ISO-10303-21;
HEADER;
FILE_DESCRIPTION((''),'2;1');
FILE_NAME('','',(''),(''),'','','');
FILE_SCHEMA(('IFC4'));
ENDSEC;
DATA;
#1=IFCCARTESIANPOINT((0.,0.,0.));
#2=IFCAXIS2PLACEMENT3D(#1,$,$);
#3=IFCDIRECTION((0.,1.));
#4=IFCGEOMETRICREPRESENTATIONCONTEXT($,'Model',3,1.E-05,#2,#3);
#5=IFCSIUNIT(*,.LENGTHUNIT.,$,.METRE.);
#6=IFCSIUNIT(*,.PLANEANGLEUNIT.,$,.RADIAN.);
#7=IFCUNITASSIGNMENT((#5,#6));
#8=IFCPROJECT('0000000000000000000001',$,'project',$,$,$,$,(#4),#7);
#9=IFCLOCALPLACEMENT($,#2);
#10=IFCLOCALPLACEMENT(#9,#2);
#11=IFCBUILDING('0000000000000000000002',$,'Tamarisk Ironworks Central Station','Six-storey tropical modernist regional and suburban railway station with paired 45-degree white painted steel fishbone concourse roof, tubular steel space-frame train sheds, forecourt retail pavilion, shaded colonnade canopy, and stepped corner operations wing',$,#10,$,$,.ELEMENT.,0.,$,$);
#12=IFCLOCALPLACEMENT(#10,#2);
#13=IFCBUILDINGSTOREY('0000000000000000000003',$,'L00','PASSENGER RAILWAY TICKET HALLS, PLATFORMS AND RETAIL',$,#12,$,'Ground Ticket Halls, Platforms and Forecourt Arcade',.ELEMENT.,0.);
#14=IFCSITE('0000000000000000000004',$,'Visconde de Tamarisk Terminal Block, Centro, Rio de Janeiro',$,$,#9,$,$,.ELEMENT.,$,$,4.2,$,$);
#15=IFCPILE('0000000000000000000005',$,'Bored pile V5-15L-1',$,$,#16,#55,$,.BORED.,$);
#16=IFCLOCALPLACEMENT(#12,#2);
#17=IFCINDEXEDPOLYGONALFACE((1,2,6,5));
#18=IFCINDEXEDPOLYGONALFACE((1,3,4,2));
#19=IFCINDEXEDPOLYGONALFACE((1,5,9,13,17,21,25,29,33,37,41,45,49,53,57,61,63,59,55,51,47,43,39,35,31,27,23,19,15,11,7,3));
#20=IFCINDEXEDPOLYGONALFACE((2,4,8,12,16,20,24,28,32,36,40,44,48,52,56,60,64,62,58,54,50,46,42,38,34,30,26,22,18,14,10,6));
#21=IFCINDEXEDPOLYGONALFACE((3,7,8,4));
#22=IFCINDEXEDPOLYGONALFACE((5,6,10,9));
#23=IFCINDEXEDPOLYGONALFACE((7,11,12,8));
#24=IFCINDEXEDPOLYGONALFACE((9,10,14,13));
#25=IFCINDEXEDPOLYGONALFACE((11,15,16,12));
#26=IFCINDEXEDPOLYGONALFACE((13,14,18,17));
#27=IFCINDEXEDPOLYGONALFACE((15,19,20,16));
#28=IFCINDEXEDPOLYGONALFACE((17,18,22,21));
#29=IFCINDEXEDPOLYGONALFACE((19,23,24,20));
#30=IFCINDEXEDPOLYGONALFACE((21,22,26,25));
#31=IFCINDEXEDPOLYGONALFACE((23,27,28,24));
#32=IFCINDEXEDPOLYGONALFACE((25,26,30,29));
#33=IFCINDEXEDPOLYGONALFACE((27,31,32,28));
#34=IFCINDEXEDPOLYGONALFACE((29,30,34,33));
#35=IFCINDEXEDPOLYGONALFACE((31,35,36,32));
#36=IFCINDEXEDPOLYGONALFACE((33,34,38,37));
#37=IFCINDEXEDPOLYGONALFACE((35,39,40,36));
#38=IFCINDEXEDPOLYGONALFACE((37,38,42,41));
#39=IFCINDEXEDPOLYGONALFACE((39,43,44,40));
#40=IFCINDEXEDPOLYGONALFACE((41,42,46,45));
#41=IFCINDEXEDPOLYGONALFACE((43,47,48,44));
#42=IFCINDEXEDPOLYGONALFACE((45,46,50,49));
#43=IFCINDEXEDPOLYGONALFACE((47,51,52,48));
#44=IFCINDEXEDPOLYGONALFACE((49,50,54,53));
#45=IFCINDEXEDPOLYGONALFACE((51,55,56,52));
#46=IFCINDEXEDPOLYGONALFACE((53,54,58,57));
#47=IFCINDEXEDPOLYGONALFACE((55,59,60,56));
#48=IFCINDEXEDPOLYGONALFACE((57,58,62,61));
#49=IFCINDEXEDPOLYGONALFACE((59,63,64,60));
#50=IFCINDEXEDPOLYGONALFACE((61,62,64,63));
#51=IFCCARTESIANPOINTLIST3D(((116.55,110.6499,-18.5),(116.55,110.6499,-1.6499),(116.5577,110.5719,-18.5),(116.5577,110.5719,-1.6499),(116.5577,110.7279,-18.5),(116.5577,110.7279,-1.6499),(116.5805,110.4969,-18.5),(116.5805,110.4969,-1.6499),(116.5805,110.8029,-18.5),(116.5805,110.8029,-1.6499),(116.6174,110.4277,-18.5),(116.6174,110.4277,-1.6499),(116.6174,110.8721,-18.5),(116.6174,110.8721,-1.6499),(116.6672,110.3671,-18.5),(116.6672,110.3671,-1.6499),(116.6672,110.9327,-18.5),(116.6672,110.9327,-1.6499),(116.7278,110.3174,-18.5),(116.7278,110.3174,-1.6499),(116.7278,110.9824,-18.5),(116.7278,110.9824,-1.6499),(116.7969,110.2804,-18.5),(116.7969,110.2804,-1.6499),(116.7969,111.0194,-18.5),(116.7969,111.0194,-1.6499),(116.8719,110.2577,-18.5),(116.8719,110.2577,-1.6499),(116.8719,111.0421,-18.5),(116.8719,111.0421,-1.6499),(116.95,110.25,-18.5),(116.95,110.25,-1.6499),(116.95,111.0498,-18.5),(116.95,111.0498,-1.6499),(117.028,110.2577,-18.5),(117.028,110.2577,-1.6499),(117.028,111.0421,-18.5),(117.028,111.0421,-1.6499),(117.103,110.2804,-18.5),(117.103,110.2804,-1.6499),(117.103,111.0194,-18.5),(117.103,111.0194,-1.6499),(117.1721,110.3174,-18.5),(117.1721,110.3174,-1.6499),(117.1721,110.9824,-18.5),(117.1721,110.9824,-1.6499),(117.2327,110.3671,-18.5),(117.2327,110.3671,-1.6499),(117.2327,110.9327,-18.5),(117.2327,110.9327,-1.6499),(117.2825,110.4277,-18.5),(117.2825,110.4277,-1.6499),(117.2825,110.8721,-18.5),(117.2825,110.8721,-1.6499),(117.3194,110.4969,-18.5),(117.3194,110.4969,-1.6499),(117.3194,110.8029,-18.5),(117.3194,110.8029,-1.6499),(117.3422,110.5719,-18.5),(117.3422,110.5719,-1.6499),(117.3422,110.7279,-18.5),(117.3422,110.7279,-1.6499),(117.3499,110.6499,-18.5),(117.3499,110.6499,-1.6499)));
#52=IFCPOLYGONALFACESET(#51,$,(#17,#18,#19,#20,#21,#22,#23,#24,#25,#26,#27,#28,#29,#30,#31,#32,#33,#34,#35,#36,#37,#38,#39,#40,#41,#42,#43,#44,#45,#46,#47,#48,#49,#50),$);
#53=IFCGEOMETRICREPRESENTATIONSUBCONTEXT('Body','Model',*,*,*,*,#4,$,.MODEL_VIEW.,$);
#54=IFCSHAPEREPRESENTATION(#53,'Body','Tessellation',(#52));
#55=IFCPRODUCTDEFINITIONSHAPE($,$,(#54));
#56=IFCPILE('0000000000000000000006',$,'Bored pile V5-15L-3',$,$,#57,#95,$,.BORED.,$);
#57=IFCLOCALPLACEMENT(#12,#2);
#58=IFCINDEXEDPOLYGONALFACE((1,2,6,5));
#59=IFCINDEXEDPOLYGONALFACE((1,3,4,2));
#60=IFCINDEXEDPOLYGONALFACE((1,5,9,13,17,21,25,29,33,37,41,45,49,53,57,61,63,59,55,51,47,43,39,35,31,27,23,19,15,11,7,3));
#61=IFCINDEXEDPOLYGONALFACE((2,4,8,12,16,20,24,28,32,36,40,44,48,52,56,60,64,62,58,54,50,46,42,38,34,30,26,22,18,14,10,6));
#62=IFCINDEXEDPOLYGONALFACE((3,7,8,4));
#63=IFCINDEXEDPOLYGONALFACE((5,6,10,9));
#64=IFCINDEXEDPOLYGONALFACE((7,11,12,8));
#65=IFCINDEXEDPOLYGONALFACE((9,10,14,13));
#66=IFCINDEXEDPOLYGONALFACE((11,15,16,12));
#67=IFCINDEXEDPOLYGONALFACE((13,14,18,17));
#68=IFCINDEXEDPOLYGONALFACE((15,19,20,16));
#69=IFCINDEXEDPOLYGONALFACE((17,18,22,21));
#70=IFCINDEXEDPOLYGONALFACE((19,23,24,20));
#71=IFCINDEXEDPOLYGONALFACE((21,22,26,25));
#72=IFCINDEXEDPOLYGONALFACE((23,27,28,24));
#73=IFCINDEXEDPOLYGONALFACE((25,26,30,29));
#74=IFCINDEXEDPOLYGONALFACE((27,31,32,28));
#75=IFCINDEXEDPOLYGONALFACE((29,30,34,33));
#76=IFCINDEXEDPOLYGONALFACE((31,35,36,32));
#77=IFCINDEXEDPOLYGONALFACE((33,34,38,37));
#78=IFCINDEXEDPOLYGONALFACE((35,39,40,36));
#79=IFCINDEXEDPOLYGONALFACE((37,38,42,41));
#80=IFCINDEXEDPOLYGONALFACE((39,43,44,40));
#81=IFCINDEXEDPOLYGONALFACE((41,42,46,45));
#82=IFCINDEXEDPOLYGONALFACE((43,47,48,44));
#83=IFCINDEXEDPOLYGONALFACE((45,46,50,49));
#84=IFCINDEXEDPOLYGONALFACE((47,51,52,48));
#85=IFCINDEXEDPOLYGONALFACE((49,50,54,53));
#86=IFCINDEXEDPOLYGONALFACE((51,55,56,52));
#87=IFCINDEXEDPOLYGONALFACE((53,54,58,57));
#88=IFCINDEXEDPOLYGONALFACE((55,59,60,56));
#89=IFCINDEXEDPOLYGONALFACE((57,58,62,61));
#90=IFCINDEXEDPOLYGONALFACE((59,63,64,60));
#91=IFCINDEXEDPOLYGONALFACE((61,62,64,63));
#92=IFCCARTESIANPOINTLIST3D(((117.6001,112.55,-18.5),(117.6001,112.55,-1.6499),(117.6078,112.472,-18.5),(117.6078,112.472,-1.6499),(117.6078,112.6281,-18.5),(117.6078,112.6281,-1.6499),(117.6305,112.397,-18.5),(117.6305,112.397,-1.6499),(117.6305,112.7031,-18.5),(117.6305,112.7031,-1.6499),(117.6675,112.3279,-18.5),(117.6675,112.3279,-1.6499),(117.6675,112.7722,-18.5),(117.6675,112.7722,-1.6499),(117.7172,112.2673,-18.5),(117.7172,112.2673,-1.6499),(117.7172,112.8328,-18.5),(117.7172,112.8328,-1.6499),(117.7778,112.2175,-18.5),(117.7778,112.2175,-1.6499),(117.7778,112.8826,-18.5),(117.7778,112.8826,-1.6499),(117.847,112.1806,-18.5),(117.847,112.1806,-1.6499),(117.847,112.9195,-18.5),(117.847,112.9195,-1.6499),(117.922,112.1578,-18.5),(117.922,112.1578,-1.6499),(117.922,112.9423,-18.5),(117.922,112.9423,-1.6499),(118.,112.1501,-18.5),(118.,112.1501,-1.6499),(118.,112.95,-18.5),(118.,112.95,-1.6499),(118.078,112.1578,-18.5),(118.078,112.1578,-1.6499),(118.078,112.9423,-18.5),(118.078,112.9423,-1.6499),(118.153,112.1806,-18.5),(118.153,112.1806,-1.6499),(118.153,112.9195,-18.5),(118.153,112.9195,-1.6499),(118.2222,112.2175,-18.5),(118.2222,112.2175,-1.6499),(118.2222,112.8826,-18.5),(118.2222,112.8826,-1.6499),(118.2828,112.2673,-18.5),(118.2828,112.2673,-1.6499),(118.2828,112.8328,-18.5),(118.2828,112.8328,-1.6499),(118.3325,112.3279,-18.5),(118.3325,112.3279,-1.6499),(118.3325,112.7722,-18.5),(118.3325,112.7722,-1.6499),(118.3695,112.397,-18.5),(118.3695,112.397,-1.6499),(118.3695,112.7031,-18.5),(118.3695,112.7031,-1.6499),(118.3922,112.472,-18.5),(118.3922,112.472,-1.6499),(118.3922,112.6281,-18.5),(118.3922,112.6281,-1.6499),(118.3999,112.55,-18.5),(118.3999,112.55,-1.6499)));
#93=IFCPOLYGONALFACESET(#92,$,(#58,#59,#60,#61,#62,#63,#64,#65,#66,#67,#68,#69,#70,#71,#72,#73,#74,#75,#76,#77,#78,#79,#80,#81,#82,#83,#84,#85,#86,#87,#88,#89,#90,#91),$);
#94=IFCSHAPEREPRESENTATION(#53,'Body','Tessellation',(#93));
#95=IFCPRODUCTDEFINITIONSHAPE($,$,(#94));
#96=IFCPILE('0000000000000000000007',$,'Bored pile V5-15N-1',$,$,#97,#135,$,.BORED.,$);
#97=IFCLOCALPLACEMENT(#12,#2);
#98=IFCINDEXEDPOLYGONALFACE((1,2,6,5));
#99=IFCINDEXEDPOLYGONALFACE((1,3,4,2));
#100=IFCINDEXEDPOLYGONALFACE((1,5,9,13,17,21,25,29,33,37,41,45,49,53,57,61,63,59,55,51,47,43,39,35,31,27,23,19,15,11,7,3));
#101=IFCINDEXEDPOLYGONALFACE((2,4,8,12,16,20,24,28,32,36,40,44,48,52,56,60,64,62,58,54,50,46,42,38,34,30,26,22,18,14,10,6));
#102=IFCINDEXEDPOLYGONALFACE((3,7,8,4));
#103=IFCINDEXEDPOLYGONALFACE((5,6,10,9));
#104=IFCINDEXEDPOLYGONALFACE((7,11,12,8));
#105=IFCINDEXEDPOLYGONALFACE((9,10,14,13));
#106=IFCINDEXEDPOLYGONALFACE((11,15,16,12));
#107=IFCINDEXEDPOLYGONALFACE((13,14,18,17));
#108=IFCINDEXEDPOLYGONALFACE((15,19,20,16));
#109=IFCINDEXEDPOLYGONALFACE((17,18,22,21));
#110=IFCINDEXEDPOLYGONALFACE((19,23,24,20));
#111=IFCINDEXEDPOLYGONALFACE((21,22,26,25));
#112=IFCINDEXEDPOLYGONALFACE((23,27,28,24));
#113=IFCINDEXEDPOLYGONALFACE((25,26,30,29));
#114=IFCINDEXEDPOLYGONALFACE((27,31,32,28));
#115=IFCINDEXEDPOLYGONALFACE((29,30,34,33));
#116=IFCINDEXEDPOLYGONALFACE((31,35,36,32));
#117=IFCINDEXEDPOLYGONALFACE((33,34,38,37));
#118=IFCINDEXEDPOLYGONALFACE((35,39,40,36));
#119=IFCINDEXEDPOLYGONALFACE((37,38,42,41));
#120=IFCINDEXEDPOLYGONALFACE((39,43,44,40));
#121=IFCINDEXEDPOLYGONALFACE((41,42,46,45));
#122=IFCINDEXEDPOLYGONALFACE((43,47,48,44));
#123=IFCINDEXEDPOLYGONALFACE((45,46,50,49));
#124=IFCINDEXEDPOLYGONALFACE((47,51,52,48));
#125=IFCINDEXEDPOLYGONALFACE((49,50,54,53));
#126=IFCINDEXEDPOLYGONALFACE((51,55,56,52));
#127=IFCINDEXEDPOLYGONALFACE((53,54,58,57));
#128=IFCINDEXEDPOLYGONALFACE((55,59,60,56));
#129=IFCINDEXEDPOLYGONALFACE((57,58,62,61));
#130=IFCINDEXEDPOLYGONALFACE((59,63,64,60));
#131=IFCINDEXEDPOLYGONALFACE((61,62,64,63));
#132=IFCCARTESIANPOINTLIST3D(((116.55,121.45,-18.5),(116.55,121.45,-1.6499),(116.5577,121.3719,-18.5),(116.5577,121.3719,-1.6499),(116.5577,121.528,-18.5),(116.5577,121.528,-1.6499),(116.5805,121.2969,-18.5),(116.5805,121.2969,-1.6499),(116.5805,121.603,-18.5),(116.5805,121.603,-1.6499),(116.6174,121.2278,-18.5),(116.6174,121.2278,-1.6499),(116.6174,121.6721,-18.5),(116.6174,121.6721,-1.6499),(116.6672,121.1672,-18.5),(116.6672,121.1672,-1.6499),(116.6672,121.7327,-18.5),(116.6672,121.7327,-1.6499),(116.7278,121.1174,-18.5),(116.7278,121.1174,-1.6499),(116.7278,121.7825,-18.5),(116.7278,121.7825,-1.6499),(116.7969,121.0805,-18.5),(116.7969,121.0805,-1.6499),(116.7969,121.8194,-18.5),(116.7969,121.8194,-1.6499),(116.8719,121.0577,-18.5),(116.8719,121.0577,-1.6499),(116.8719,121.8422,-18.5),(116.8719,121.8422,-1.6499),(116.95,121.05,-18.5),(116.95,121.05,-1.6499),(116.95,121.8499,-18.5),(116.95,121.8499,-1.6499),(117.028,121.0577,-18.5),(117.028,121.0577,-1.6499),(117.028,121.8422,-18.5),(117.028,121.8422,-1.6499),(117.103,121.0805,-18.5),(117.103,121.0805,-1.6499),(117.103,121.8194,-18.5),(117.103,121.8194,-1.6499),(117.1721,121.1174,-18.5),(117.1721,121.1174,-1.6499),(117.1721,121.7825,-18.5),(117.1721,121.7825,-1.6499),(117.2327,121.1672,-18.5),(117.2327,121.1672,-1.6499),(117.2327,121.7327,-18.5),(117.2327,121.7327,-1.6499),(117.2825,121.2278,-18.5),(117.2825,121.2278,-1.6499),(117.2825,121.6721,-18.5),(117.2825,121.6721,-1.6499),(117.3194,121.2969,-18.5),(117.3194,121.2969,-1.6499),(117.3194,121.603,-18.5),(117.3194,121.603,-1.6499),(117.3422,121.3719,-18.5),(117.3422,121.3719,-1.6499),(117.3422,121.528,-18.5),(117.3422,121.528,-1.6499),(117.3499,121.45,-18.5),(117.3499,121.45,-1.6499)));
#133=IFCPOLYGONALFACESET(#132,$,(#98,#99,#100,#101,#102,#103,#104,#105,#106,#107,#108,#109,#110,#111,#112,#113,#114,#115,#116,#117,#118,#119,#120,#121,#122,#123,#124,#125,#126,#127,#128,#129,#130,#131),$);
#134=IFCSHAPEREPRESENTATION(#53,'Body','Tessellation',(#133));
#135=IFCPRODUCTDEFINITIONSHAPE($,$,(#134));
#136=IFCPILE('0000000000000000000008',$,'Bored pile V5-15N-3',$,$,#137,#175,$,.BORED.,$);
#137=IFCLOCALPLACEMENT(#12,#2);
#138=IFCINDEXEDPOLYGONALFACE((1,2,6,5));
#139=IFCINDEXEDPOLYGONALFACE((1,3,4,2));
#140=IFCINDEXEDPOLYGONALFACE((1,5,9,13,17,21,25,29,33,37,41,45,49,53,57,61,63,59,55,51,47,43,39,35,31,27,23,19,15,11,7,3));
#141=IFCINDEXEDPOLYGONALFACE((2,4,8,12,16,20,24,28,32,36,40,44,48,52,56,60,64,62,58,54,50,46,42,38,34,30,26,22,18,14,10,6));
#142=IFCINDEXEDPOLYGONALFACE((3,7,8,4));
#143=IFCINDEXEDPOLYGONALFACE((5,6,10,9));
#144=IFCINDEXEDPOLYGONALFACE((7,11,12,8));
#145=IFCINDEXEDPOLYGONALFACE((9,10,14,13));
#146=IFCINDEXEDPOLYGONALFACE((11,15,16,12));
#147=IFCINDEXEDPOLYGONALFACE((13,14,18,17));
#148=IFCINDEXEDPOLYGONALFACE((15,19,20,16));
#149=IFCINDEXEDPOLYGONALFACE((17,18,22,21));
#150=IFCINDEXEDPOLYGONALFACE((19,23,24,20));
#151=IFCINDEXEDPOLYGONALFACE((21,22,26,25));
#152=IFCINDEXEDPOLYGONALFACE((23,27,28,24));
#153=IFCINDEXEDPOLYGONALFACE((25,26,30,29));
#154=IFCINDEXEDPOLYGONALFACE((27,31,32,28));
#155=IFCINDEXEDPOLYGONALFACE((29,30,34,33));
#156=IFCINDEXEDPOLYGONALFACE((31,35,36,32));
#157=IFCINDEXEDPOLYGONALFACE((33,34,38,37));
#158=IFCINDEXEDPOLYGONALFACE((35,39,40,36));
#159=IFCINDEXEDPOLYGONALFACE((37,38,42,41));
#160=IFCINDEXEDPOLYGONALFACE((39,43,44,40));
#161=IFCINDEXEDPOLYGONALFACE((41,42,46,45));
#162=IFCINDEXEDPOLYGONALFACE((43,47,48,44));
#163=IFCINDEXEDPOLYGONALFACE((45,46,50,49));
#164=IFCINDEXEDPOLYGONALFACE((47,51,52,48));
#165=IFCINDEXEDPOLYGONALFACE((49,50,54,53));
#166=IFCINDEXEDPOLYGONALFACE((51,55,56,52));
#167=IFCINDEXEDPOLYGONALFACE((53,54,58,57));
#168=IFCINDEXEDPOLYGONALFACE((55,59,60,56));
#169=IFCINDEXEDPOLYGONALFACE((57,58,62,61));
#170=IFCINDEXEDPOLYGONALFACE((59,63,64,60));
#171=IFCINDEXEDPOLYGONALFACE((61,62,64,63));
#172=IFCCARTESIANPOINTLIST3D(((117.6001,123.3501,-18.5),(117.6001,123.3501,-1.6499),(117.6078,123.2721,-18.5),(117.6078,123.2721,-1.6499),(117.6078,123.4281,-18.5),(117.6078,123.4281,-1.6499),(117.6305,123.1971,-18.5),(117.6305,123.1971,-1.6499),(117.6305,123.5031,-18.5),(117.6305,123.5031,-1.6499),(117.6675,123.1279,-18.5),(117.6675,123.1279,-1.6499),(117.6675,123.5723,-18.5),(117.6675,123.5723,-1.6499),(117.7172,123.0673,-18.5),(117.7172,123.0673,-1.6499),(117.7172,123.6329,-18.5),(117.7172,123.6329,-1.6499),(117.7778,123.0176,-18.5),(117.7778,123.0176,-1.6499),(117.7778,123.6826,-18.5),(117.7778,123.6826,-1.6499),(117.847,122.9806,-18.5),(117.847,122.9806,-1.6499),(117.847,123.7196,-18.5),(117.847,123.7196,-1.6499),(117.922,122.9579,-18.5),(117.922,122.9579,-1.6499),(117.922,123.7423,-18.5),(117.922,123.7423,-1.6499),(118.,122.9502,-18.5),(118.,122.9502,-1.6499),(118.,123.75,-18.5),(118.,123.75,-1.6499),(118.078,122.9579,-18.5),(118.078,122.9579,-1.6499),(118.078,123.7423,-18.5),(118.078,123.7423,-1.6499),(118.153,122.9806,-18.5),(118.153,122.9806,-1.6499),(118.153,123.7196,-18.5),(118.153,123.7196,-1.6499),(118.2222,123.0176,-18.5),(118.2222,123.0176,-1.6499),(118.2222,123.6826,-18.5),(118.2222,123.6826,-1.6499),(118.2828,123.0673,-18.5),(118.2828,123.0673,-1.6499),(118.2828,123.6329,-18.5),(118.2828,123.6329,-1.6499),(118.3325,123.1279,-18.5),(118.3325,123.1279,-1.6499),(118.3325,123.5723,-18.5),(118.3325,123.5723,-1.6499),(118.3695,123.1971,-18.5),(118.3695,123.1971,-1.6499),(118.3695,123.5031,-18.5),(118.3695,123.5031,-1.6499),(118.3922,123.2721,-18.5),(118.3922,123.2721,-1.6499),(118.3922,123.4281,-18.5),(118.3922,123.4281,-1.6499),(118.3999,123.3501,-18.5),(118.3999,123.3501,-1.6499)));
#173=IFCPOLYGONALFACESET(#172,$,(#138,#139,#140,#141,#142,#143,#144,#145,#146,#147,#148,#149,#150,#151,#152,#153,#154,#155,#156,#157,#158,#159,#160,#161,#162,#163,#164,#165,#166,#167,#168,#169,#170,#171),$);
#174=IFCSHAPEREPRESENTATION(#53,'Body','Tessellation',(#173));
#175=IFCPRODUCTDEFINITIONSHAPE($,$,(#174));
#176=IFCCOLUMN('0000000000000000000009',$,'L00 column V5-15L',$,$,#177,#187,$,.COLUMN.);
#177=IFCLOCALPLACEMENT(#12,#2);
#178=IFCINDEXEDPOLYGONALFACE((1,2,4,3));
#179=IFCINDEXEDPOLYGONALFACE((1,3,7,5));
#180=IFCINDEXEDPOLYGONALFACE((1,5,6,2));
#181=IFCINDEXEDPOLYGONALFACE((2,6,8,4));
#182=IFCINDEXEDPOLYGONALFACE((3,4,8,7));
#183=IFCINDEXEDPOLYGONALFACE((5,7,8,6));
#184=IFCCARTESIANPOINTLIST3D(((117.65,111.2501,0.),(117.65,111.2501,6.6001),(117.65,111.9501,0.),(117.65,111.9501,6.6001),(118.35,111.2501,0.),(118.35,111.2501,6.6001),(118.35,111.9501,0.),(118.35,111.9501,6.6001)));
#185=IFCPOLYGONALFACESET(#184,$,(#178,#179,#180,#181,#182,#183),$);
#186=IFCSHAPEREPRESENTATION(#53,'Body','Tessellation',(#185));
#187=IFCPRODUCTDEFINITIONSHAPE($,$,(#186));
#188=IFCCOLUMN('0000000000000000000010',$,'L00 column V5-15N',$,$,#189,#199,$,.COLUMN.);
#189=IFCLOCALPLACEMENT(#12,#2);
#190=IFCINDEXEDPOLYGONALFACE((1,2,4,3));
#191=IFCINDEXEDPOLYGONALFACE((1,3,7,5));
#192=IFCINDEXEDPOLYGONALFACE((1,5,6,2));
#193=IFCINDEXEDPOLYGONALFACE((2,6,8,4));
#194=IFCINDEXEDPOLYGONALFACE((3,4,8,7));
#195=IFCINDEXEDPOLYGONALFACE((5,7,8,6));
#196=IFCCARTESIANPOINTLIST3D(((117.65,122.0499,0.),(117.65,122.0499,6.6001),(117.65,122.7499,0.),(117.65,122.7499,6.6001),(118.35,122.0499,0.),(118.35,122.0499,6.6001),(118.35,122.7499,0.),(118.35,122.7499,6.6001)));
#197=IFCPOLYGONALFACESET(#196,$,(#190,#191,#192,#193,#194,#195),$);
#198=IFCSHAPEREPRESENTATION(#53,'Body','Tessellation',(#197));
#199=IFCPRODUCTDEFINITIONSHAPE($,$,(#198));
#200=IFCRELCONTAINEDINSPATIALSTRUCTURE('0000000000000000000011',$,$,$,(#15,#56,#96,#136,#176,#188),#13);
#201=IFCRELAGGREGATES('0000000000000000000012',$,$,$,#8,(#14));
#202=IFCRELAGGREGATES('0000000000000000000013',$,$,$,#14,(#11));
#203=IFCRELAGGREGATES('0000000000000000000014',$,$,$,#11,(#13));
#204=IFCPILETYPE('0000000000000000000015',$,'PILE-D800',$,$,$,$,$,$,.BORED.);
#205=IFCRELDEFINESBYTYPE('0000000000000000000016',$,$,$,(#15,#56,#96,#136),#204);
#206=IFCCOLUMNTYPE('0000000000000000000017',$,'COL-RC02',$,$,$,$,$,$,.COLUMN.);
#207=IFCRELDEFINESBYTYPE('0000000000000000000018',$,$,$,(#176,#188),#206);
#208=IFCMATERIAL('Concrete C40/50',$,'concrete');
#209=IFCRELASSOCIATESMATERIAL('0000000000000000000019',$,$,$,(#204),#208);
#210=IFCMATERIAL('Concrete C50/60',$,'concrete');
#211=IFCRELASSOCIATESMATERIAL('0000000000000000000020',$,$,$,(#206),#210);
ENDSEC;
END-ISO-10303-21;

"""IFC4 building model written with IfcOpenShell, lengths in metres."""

from ifc_helpers import new_model, si_unit, direction, frame, origin, origin_2d, place, context, subcontext, project, spatial, rectangle, circle, extrude, material, material_profile, profile_set, type_object, element, save


model = new_model("IFC4")

# Units and contexts
model_context = context("Model", 3, precision=1e-05, world=origin(), true_north=direction((0.0, 1.0)))
body_context = subcontext(model_context, "Body", "Model", "MODEL_VIEW")
ifc_project = project(units=[si_unit("LENGTHUNIT", "METRE"), si_unit("PLANEANGLEUNIT", "RADIAN")], contexts=[model_context])

# Site, building, storey
site_placement = place(None, origin())
site = spatial("IfcSite", under=ifc_project, at=site_placement, Name="Visconde de Tamarisk Terminal Block, Centro, Rio de Janeiro", CompositionType="ELEMENT", RefElevation=4.2)
building_placement = place(site_placement, origin())
building = spatial("IfcBuilding", under=site, at=building_placement, Name="Tamarisk Ironworks Central Station", Description="Six-storey tropical modernist regional and suburban railway station with paired 45-degree white painted steel fishbone concourse roof, tubular steel space-frame train sheds, forecourt retail pavilion, shaded colonnade canopy, and stepped corner operations wing", CompositionType="ELEMENT", ElevationOfRefHeight=0.0)
storey_placement = place(building_placement, origin())
storey = spatial("IfcBuildingStorey", under=building, at=storey_placement, Name="L00", Description="PASSENGER RAILWAY TICKET HALLS, PLATFORMS AND RETAIL", LongName="Ground Ticket Halls, Platforms and Forecourt Arcade", CompositionType="ELEMENT", Elevation=0.0)

# Shared definitions
ifc_material_1 = material(Name="Concrete C40/50", Category="concrete")

# Piles
ifc_material_profile_1 = material_profile(ifc_material_1, circle(Radius=0.3999, at=origin_2d()), Name="BORED PILE D800")
ifc_profile_set_1 = profile_set([ifc_material_profile_1], Name="Concrete C40/50")
pile_type = type_object("IfcPileType", Name="PILE-D800", PredefinedType="BORED", material=ifc_profile_set_1)
for number, where, z_axis, x_axis, name in (
    (1, (116.95, 110.6499, -1.6499), (0.0, 0.0, -1.0), (1.0, 0.0, 0.0), "Bored pile V5-15L-1"),
    (2, (118.0, 112.55, -1.6499), (0.0, 0.0, -1.0), (1.0, 0.0, 0.0), "Bored pile V5-15L-3"),
    (3, (116.95, 121.45, -1.6499), (0.0, 0.0, -1.0), (1.0, 0.0, 0.0), "Bored pile V5-15N-1"),
    (4, (118.0, 123.3501, -1.6499), (0.0, 0.0, -1.0), (1.0, 0.0, 0.0), "Bored pile V5-15N-3"),
):
    element("IfcPile", number, at=place(storey_placement, frame(where, z_axis=z_axis, x_axis=x_axis)), inside=storey, type_object=pile_type, Name=name, PredefinedType="BORED", context=body_context, shape_type="SweptSolid", body=[
        extrude(circle(Radius=0.3999, at=origin_2d()), origin(), (0.0, 0.0, 1.0), 16.8501),
    ])

# Columns
ifc_material_2 = material(Name="Concrete C50/60", Category="concrete")
ifc_material_profile_2 = material_profile(ifc_material_2, rectangle(XDim=0.7, YDim=0.7, at=origin_2d()), Name="RC 700x700")
ifc_profile_set_2 = profile_set([ifc_material_profile_2], Name="Concrete C50/60")
column_type_1 = type_object("IfcColumnType", Name="COL-RC02", PredefinedType="COLUMN", material=ifc_profile_set_2)
for number, where, z_axis, x_axis, name in (
    (5, (118.0, 111.6001, 0.0), (0.0, 0.0, 1.0), (1.0, 0.0, 0.0), "L00 column V5-15L"),
    (6, (118.0, 122.3999, 0.0), (0.0, 0.0, 1.0), (1.0, 0.0, 0.0), "L00 column V5-15N"),
):
    element("IfcColumn", number, at=place(storey_placement, frame(where, z_axis=z_axis, x_axis=x_axis)), inside=storey, type_object=column_type_1, Name=name, PredefinedType="COLUMN", context=body_context, shape_type="SweptSolid", body=[
        extrude(rectangle(XDim=0.7, YDim=0.7, at=origin_2d()), origin(), (0.0, 0.0, 1.0), 6.6001),
    ])

save(model, "model.ifc")
